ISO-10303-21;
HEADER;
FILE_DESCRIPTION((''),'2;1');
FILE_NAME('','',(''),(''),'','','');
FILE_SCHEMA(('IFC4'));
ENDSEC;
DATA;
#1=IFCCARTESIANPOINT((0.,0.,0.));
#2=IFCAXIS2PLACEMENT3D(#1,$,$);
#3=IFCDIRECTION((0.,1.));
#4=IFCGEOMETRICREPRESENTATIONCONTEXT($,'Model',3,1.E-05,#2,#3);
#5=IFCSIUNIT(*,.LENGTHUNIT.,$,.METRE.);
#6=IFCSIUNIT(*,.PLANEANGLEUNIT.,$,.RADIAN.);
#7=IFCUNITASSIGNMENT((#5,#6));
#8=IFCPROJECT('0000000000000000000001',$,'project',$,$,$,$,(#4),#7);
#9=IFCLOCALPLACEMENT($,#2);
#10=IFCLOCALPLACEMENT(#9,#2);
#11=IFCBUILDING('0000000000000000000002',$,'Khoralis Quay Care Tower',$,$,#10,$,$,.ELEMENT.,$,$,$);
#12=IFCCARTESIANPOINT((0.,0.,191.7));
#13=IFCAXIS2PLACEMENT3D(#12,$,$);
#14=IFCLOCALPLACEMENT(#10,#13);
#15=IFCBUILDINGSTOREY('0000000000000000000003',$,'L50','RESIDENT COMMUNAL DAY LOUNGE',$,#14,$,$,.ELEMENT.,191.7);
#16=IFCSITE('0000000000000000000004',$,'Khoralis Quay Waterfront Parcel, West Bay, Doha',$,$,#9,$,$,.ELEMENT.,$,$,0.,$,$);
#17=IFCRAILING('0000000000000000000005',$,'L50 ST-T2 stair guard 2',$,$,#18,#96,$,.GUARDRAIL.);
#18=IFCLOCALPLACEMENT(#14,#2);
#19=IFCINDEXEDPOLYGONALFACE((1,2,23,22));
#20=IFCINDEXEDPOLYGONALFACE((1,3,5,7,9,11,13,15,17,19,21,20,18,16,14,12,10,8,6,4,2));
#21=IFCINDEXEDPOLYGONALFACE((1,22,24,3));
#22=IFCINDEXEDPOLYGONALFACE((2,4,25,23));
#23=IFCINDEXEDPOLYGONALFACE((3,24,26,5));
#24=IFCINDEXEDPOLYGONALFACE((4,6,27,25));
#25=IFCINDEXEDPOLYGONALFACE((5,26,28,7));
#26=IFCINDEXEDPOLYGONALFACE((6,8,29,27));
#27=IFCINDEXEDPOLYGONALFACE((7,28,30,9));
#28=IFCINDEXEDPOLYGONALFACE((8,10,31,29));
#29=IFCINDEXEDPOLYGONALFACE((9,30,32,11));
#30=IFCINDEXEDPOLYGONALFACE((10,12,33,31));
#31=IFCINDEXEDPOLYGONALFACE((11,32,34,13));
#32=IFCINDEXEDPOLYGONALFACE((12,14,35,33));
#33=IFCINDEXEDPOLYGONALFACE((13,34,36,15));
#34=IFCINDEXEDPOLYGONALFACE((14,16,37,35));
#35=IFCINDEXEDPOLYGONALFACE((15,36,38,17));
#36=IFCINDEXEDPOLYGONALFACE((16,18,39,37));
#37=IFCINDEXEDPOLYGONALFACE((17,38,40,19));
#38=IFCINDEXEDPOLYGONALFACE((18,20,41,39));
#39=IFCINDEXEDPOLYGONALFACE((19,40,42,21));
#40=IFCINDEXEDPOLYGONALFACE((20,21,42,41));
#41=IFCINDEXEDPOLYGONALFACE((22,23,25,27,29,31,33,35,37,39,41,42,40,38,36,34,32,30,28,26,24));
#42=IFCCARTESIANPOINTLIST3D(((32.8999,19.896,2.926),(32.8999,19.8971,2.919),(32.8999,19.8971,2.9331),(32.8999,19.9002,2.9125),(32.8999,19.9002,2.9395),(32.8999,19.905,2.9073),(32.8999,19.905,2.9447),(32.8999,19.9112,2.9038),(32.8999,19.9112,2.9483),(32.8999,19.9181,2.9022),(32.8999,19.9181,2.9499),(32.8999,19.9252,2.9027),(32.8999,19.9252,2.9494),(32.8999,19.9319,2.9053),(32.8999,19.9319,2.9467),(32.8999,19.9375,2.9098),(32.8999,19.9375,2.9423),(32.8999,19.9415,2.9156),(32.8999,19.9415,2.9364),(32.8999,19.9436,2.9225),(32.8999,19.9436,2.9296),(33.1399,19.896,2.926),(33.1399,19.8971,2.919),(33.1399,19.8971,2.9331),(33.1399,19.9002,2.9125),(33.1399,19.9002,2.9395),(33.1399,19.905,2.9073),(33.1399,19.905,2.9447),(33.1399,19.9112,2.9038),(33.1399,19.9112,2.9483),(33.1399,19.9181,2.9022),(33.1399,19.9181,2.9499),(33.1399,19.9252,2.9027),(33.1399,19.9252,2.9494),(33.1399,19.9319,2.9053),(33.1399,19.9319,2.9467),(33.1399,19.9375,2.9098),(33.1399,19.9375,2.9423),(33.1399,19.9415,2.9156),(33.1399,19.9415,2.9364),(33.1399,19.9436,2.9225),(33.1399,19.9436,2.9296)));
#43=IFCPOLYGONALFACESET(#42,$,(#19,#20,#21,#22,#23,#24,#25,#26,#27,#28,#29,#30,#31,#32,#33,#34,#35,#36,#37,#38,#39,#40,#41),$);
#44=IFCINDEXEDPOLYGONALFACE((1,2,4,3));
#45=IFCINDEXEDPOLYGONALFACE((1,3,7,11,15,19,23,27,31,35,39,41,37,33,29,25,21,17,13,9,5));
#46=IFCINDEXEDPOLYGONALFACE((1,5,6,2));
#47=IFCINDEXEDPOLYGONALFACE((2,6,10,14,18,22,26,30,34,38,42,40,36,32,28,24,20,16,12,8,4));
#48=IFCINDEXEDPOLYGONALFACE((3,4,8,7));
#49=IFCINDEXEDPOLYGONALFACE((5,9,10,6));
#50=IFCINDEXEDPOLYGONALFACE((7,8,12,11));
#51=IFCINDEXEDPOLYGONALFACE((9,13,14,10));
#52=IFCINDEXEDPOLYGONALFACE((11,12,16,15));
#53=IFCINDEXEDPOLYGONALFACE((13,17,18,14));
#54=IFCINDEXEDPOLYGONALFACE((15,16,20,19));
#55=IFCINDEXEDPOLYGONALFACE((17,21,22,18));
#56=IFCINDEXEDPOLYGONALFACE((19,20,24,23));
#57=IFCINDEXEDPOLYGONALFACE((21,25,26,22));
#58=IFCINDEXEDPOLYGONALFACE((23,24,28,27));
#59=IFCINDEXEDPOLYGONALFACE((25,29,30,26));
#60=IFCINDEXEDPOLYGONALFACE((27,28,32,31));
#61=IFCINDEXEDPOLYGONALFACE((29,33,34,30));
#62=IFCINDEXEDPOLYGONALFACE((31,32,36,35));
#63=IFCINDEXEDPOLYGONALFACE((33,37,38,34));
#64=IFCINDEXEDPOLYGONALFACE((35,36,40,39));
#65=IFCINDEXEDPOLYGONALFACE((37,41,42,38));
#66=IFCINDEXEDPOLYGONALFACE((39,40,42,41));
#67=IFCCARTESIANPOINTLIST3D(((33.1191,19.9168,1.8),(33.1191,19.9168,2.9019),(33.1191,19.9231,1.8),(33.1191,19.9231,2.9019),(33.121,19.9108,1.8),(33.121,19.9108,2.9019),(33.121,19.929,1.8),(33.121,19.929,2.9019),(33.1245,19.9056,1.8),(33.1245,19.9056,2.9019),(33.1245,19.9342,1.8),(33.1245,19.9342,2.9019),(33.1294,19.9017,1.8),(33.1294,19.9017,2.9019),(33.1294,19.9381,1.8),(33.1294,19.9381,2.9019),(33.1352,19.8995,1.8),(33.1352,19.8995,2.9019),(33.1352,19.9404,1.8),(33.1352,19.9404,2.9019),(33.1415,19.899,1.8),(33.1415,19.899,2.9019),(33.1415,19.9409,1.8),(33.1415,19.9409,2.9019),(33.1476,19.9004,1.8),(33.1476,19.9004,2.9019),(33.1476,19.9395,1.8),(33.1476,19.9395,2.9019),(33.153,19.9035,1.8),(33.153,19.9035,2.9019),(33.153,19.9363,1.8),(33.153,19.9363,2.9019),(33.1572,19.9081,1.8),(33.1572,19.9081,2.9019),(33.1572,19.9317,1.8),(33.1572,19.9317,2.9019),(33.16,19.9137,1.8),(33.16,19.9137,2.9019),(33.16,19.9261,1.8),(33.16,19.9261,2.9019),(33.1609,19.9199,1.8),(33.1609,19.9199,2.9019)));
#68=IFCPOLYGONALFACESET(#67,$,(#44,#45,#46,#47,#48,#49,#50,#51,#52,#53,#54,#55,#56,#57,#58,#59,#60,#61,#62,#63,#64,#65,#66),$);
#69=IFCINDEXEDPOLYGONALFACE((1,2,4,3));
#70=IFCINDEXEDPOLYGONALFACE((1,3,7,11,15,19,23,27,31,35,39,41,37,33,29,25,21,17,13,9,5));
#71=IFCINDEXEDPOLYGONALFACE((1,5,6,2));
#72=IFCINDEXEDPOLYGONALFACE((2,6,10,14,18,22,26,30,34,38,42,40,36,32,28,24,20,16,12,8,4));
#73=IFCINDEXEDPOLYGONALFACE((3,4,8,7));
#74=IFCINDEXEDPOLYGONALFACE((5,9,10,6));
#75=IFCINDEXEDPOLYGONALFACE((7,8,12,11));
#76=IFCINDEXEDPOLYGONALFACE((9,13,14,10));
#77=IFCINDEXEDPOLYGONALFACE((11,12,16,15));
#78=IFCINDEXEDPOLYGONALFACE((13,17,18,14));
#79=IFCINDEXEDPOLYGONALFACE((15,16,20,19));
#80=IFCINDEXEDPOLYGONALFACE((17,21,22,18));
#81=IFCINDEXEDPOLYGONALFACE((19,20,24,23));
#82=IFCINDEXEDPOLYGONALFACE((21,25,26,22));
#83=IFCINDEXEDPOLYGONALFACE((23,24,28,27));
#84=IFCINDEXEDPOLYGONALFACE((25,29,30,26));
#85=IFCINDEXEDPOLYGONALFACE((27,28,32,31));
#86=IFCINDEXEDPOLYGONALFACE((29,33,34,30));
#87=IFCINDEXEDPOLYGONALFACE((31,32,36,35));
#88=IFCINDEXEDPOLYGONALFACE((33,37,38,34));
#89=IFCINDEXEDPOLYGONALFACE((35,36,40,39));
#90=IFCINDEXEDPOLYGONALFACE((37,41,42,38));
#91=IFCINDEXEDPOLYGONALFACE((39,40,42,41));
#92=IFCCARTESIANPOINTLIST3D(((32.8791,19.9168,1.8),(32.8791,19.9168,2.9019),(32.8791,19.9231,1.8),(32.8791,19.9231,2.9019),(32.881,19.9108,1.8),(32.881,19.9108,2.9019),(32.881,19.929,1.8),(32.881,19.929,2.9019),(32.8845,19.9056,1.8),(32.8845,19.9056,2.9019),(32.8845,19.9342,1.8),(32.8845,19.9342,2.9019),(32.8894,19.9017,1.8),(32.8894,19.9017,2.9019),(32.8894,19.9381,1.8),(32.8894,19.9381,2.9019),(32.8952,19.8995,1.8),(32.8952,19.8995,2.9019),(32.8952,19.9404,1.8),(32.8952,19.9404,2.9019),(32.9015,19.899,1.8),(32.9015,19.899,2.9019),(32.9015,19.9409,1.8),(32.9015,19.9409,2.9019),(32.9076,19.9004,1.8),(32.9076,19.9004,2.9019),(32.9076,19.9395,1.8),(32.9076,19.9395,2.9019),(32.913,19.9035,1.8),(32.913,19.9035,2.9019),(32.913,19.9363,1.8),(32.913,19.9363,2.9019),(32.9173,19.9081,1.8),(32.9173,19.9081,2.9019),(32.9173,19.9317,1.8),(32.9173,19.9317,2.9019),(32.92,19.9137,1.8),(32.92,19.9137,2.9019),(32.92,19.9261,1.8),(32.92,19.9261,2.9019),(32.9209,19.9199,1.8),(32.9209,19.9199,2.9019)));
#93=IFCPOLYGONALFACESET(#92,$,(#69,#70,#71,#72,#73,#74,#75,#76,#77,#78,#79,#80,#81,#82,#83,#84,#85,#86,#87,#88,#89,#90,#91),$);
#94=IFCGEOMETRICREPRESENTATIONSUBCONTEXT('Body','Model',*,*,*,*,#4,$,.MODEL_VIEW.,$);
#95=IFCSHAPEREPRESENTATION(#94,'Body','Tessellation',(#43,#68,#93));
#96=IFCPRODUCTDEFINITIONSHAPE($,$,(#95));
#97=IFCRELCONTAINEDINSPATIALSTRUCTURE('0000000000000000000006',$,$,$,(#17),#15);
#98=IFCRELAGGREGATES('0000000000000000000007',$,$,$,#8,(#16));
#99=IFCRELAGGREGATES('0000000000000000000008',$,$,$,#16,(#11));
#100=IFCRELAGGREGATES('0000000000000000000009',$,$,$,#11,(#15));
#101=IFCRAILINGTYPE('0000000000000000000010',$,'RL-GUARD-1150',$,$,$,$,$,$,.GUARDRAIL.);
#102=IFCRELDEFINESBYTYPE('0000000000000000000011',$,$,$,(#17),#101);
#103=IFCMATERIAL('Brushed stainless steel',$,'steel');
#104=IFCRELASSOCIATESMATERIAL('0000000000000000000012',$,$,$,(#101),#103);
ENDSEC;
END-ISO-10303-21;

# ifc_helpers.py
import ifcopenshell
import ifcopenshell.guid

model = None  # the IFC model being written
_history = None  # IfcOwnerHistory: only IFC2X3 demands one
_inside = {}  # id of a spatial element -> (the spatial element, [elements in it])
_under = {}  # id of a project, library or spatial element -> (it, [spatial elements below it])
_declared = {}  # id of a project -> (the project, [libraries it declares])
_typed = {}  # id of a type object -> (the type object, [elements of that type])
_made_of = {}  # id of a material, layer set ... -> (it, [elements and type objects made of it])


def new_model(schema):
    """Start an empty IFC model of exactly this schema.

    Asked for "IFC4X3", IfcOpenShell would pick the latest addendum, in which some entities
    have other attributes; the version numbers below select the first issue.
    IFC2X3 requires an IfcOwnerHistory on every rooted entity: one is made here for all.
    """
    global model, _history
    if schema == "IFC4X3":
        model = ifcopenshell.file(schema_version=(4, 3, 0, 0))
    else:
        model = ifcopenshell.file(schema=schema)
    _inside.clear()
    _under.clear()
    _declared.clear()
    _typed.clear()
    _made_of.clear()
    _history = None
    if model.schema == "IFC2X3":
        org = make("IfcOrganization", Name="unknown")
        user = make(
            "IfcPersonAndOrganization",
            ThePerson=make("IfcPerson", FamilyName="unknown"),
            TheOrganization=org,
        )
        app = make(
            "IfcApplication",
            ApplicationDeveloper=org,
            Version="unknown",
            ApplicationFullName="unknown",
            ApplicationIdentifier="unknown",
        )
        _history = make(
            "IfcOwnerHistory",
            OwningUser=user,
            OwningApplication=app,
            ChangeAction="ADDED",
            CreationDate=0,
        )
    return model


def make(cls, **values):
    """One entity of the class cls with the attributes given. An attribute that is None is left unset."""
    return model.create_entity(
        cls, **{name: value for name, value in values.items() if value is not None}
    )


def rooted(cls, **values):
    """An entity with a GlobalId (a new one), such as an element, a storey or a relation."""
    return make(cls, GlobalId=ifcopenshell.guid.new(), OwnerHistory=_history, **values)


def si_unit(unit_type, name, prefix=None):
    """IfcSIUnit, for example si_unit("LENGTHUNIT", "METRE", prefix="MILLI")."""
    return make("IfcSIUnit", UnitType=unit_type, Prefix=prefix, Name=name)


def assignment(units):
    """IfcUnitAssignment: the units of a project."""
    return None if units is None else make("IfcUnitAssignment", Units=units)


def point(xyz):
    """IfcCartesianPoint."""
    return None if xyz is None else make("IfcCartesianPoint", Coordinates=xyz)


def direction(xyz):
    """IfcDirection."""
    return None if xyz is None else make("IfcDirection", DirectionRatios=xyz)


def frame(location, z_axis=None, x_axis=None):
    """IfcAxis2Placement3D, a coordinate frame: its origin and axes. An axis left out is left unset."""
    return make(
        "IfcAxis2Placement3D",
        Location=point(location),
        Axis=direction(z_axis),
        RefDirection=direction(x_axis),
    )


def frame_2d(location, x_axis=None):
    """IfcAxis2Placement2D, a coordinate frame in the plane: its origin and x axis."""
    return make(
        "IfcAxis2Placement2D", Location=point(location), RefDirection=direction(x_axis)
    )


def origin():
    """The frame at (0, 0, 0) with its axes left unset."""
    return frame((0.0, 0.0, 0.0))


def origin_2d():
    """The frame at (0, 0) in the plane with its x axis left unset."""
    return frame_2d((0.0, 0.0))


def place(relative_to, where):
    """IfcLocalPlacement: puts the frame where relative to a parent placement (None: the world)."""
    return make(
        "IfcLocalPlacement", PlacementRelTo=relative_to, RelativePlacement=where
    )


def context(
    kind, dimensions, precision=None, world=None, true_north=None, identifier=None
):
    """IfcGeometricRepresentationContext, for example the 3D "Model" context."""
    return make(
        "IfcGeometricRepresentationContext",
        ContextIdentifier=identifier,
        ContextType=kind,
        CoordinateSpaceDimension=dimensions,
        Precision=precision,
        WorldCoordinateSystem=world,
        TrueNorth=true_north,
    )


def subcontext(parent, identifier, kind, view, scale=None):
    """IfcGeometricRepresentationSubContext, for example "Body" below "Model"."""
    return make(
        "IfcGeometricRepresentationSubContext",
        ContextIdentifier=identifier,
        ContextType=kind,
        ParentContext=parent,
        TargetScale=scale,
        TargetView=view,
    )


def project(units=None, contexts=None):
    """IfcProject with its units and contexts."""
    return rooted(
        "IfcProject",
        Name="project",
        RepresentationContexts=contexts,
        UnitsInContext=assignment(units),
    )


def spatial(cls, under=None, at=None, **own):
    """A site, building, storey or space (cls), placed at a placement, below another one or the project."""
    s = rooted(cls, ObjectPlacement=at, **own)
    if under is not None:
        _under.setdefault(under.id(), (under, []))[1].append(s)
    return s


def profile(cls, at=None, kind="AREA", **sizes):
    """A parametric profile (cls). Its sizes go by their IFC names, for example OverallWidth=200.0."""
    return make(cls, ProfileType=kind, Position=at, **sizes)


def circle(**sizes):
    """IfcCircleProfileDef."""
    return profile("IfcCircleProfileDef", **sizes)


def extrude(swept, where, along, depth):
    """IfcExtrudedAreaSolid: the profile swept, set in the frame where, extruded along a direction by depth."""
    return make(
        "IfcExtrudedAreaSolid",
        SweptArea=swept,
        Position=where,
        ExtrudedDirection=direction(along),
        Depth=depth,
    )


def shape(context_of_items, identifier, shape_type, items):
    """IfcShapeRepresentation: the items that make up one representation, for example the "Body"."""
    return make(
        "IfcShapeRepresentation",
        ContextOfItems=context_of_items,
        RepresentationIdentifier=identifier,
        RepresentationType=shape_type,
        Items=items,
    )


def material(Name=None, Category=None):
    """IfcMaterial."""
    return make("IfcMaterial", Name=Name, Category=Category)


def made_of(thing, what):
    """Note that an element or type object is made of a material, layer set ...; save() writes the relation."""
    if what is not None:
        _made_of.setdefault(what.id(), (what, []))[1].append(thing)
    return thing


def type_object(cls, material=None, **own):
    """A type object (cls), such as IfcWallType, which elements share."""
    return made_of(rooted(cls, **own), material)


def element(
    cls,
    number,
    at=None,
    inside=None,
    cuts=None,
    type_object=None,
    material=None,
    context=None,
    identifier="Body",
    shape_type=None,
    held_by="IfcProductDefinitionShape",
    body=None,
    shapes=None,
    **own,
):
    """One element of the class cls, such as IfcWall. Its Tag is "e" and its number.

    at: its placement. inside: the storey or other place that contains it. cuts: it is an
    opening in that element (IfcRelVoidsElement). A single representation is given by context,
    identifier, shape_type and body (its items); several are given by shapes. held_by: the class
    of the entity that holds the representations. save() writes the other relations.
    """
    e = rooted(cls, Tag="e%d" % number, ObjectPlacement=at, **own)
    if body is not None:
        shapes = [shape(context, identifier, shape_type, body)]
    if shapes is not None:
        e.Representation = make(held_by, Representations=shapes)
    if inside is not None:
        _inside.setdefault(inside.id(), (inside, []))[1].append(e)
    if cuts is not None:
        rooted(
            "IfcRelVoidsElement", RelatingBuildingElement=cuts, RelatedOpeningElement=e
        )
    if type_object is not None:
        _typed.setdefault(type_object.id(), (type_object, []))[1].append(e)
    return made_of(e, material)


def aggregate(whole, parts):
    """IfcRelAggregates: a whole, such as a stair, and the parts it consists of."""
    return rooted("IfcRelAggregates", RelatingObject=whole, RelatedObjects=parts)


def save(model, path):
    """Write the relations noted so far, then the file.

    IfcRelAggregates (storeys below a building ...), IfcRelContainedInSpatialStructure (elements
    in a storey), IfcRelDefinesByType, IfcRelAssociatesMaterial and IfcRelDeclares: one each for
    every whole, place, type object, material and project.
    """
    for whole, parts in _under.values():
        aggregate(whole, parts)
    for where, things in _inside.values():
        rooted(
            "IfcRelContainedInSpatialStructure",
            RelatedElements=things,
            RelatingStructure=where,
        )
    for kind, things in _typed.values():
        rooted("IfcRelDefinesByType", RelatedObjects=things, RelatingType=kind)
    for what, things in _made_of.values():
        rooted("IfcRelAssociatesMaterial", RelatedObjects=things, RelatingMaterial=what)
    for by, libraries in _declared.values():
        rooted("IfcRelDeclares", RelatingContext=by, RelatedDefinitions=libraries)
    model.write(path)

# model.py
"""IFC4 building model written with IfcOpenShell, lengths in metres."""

from ifc_helpers import new_model, si_unit, direction, frame, origin, origin_2d, place, context, subcontext, project, spatial, circle, extrude, material, type_object, element, save


model = new_model("IFC4")

# Units and contexts
model_context = context("Model", 3, precision=1e-05, world=origin(), true_north=direction((0.0, 1.0)))
body_context = subcontext(model_context, "Body", "Model", "MODEL_VIEW")
ifc_project = project(units=[si_unit("LENGTHUNIT", "METRE"), si_unit("PLANEANGLEUNIT", "RADIAN")], contexts=[model_context])

# Site, building, storey
site_placement = place(None, origin())
site = spatial("IfcSite", under=ifc_project, at=site_placement, Name="Khoralis Quay Waterfront Parcel, West Bay, Doha", CompositionType="ELEMENT", RefElevation=0.0)
building_placement = place(site_placement, origin())
building = spatial("IfcBuilding", under=site, at=building_placement, Name="Khoralis Quay Care Tower", CompositionType="ELEMENT")
storey_placement = place(building_placement, frame((0.0, 0.0, 191.7)))
storey = spatial("IfcBuildingStorey", under=building, at=storey_placement, Name="L50", Description="RESIDENT COMMUNAL DAY LOUNGE", CompositionType="ELEMENT", Elevation=191.7)

# Shared definitions
ifc_material_1 = material(Name="Brushed stainless steel", Category="steel")

# Railing
railing_type_1 = type_object("IfcRailingType", Name="RL-GUARD-1150", PredefinedType="GUARDRAIL", material=ifc_material_1)
railing_1_placement = place(storey_placement, frame((33.1399, 19.9199, 1.8)))
element("IfcRailing", 1, at=railing_1_placement, inside=storey, type_object=railing_type_1, Name="L50 ST-T2 stair guard 2", PredefinedType="GUARDRAIL", context=body_context, shape_type="SweptSolid", body=[
    extrude(circle(Radius=0.0239, at=origin_2d()), frame((0.0, 0.0, 1.126), z_axis=(-1.0, 0.0, 0.0), x_axis=(0.0, -1.0, 0.0)), (0.0, 0.0, 1.0), 0.24),
    extrude(circle(Radius=0.021, at=origin_2d()), origin(), (0.0, 0.0, 1.0), 1.1018),
    extrude(circle(Radius=0.021, at=origin_2d()), frame((-0.24, 0.0, 0.0)), (0.0, 0.0, 1.0), 1.1018),
])

save(model, "model.ifc")
